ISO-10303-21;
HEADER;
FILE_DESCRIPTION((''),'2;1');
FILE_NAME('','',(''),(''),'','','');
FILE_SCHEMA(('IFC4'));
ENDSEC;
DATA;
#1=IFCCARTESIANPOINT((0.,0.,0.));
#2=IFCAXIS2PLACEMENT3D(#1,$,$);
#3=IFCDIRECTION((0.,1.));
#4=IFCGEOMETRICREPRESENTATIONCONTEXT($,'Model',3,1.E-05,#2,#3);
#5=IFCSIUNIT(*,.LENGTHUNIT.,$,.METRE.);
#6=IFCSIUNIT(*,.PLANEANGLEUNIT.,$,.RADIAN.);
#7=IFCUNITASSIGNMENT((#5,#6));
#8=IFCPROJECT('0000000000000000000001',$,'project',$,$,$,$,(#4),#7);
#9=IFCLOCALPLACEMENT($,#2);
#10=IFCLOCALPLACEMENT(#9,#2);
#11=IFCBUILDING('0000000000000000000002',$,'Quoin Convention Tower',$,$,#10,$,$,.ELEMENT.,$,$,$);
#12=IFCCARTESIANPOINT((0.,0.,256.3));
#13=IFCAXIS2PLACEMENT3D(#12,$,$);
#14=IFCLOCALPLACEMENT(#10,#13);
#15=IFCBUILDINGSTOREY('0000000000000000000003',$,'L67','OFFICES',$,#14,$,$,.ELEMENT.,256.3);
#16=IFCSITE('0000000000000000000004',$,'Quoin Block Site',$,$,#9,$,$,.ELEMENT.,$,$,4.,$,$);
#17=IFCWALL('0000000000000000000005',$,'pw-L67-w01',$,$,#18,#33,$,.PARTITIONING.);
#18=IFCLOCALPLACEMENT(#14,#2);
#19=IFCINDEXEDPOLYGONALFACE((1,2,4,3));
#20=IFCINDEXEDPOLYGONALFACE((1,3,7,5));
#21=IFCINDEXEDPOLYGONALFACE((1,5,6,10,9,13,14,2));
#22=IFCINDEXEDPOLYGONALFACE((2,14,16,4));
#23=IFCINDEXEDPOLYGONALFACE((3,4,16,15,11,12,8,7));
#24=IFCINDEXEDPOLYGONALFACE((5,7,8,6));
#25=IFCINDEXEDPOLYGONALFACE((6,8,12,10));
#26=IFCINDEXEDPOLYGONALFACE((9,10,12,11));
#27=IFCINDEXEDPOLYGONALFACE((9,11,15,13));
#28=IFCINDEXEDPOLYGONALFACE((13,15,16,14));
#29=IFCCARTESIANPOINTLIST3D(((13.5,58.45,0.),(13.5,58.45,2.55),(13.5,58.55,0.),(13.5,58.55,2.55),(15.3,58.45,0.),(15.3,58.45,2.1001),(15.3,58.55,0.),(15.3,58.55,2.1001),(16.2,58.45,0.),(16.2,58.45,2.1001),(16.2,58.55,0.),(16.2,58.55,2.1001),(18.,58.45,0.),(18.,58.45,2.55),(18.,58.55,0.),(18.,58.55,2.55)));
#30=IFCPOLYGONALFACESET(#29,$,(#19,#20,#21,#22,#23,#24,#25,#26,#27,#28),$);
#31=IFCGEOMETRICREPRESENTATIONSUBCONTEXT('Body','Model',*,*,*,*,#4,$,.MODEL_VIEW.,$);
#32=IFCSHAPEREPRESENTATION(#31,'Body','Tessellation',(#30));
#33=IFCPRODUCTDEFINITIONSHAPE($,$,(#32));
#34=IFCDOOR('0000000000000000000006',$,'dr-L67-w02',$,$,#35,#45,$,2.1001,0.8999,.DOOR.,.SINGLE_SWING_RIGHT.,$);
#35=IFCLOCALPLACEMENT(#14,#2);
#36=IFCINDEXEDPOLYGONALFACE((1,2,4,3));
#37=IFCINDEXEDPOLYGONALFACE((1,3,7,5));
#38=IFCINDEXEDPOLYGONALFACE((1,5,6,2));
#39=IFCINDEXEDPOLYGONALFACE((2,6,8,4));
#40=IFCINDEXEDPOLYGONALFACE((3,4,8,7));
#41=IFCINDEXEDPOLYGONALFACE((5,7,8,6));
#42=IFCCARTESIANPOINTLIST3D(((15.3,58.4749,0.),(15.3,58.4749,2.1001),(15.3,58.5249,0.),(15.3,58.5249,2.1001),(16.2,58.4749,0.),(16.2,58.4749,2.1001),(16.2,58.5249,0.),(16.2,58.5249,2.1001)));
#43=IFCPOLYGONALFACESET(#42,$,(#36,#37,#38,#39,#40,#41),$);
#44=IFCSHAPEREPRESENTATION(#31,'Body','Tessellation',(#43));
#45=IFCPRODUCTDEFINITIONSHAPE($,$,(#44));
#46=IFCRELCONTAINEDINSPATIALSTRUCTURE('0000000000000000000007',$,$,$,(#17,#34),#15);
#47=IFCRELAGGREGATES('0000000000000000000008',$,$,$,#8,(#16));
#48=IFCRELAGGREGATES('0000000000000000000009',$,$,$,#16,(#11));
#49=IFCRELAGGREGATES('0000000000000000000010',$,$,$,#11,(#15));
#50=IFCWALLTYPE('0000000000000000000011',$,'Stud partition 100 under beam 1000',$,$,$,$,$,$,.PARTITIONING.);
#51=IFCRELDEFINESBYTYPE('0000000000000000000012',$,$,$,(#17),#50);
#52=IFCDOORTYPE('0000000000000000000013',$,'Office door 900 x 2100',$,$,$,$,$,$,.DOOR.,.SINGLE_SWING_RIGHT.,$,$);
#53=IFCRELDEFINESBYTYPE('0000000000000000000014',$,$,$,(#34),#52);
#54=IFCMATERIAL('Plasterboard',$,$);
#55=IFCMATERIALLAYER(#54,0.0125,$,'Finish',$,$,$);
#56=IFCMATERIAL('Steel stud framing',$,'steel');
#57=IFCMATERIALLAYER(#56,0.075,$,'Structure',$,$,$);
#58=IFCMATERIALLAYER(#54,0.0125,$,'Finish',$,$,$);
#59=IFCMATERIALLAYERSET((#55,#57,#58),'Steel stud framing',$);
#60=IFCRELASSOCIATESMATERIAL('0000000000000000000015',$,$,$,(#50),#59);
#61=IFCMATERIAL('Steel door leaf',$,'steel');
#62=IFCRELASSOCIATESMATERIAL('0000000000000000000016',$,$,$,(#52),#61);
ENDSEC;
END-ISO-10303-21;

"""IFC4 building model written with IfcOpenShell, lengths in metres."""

from ifc_helpers import new_model, si_unit, direction, frame, frame_2d, origin, place, context, subcontext, project, spatial, rectangle, extrude, material, layer, layer_set, type_object, element, fill, save


model = new_model("IFC4")

# Units and contexts
model_context = context("Model", 3, precision=1e-05, world=origin(), true_north=direction((0.0, 1.0)))
body_context = subcontext(model_context, "Body", "Model", "MODEL_VIEW")
ifc_project = project(units=[si_unit("LENGTHUNIT", "METRE"), si_unit("PLANEANGLEUNIT", "RADIAN")], contexts=[model_context])

# Site, building, storey
site_placement = place(None, origin())
site = spatial("IfcSite", under=ifc_project, at=site_placement, Name="Quoin Block Site", CompositionType="ELEMENT", RefElevation=4.0)
building_placement = place(site_placement, origin())
building = spatial("IfcBuilding", under=site, at=building_placement, Name="Quoin Convention Tower", CompositionType="ELEMENT")
storey_placement = place(building_placement, frame((0.0, 0.0, 256.3)))
storey = spatial("IfcBuildingStorey", under=building, at=storey_placement, Name="L67", Description="OFFICES", CompositionType="ELEMENT", Elevation=256.3)

# Shared definitions
ifc_material_1 = material(Name="Plasterboard")
ifc_material_2 = material(Name="Steel stud framing", Category="steel")
ifc_material_3 = material(Name="Steel door leaf", Category="steel")

# Wall, opening, door
ifc_layer_1 = layer(ifc_material_1, 0.0125, Name="Finish")
ifc_layer_2 = layer(ifc_material_2, 0.075, Name="Structure")
ifc_layer_3 = layer(ifc_material_1, 0.0125, Name="Finish")
ifc_layer_set_1 = layer_set([ifc_layer_1, ifc_layer_2, ifc_layer_3], Name="Steel stud framing")
wall_type_1 = type_object("IfcWallType", Name="Stud partition 100 under beam 1000", PredefinedType="PARTITIONING", material=ifc_layer_set_1)
wall_1_placement = place(storey_placement, frame((13.5, 58.5, 0.0), z_axis=(0.0, 0.0, 1.0), x_axis=(1.0, 0.0, 0.0)))
wall_1 = element("IfcWall", 1, at=wall_1_placement, inside=storey, type_object=wall_type_1, Name="pw-L67-w01", PredefinedType="PARTITIONING", context=body_context, shape_type="SweptSolid", body=[
    extrude(rectangle(XDim=4.5, YDim=0.1001, at=frame_2d((2.25, 0.0))), origin(), (0.0, 0.0, 1.0), 2.55),
])
opening_1_placement = place(wall_1_placement, frame((1.8, 0.0, 0.0)))
opening_1 = element("IfcOpeningElement", 2, at=opening_1_placement, cuts=wall_1, PredefinedType="OPENING", context=body_context, shape_type="SweptSolid", body=[
    extrude(rectangle(XDim=0.8999, YDim=2.1001, at=frame_2d((0.45, 1.05))), frame((0.0, 0.0601, 0.0), z_axis=(0.0, -1.0, 0.0), x_axis=(1.0, 0.0, 0.0)), (0.0, 0.0, 1.0), 0.1201),
])
door_type_1 = type_object("IfcDoorType", Name="Office door 900 x 2100", OperationType="SINGLE_SWING_RIGHT", PredefinedType="DOOR", material=ifc_material_3)
door_1_placement = place(opening_1_placement, origin())
door_1 = element("IfcDoor", 3, at=door_1_placement, inside=storey, type_object=door_type_1, Name="dr-L67-w02", OperationType="SINGLE_SWING_RIGHT", OverallHeight=2.1001, OverallWidth=0.8999, PredefinedType="DOOR", context=body_context, shape_type="SweptSolid", body=[
    extrude(rectangle(XDim=0.8999, YDim=2.1001, at=frame_2d((0.45, 1.05))), frame((0.0, 0.0249, 0.0), z_axis=(0.0, -1.0, 0.0), x_axis=(1.0, 0.0, 0.0)), (0.0, 0.0, 1.0), 0.05),
])
fill(opening_1, door_1)

save(model, "model.ifc")
